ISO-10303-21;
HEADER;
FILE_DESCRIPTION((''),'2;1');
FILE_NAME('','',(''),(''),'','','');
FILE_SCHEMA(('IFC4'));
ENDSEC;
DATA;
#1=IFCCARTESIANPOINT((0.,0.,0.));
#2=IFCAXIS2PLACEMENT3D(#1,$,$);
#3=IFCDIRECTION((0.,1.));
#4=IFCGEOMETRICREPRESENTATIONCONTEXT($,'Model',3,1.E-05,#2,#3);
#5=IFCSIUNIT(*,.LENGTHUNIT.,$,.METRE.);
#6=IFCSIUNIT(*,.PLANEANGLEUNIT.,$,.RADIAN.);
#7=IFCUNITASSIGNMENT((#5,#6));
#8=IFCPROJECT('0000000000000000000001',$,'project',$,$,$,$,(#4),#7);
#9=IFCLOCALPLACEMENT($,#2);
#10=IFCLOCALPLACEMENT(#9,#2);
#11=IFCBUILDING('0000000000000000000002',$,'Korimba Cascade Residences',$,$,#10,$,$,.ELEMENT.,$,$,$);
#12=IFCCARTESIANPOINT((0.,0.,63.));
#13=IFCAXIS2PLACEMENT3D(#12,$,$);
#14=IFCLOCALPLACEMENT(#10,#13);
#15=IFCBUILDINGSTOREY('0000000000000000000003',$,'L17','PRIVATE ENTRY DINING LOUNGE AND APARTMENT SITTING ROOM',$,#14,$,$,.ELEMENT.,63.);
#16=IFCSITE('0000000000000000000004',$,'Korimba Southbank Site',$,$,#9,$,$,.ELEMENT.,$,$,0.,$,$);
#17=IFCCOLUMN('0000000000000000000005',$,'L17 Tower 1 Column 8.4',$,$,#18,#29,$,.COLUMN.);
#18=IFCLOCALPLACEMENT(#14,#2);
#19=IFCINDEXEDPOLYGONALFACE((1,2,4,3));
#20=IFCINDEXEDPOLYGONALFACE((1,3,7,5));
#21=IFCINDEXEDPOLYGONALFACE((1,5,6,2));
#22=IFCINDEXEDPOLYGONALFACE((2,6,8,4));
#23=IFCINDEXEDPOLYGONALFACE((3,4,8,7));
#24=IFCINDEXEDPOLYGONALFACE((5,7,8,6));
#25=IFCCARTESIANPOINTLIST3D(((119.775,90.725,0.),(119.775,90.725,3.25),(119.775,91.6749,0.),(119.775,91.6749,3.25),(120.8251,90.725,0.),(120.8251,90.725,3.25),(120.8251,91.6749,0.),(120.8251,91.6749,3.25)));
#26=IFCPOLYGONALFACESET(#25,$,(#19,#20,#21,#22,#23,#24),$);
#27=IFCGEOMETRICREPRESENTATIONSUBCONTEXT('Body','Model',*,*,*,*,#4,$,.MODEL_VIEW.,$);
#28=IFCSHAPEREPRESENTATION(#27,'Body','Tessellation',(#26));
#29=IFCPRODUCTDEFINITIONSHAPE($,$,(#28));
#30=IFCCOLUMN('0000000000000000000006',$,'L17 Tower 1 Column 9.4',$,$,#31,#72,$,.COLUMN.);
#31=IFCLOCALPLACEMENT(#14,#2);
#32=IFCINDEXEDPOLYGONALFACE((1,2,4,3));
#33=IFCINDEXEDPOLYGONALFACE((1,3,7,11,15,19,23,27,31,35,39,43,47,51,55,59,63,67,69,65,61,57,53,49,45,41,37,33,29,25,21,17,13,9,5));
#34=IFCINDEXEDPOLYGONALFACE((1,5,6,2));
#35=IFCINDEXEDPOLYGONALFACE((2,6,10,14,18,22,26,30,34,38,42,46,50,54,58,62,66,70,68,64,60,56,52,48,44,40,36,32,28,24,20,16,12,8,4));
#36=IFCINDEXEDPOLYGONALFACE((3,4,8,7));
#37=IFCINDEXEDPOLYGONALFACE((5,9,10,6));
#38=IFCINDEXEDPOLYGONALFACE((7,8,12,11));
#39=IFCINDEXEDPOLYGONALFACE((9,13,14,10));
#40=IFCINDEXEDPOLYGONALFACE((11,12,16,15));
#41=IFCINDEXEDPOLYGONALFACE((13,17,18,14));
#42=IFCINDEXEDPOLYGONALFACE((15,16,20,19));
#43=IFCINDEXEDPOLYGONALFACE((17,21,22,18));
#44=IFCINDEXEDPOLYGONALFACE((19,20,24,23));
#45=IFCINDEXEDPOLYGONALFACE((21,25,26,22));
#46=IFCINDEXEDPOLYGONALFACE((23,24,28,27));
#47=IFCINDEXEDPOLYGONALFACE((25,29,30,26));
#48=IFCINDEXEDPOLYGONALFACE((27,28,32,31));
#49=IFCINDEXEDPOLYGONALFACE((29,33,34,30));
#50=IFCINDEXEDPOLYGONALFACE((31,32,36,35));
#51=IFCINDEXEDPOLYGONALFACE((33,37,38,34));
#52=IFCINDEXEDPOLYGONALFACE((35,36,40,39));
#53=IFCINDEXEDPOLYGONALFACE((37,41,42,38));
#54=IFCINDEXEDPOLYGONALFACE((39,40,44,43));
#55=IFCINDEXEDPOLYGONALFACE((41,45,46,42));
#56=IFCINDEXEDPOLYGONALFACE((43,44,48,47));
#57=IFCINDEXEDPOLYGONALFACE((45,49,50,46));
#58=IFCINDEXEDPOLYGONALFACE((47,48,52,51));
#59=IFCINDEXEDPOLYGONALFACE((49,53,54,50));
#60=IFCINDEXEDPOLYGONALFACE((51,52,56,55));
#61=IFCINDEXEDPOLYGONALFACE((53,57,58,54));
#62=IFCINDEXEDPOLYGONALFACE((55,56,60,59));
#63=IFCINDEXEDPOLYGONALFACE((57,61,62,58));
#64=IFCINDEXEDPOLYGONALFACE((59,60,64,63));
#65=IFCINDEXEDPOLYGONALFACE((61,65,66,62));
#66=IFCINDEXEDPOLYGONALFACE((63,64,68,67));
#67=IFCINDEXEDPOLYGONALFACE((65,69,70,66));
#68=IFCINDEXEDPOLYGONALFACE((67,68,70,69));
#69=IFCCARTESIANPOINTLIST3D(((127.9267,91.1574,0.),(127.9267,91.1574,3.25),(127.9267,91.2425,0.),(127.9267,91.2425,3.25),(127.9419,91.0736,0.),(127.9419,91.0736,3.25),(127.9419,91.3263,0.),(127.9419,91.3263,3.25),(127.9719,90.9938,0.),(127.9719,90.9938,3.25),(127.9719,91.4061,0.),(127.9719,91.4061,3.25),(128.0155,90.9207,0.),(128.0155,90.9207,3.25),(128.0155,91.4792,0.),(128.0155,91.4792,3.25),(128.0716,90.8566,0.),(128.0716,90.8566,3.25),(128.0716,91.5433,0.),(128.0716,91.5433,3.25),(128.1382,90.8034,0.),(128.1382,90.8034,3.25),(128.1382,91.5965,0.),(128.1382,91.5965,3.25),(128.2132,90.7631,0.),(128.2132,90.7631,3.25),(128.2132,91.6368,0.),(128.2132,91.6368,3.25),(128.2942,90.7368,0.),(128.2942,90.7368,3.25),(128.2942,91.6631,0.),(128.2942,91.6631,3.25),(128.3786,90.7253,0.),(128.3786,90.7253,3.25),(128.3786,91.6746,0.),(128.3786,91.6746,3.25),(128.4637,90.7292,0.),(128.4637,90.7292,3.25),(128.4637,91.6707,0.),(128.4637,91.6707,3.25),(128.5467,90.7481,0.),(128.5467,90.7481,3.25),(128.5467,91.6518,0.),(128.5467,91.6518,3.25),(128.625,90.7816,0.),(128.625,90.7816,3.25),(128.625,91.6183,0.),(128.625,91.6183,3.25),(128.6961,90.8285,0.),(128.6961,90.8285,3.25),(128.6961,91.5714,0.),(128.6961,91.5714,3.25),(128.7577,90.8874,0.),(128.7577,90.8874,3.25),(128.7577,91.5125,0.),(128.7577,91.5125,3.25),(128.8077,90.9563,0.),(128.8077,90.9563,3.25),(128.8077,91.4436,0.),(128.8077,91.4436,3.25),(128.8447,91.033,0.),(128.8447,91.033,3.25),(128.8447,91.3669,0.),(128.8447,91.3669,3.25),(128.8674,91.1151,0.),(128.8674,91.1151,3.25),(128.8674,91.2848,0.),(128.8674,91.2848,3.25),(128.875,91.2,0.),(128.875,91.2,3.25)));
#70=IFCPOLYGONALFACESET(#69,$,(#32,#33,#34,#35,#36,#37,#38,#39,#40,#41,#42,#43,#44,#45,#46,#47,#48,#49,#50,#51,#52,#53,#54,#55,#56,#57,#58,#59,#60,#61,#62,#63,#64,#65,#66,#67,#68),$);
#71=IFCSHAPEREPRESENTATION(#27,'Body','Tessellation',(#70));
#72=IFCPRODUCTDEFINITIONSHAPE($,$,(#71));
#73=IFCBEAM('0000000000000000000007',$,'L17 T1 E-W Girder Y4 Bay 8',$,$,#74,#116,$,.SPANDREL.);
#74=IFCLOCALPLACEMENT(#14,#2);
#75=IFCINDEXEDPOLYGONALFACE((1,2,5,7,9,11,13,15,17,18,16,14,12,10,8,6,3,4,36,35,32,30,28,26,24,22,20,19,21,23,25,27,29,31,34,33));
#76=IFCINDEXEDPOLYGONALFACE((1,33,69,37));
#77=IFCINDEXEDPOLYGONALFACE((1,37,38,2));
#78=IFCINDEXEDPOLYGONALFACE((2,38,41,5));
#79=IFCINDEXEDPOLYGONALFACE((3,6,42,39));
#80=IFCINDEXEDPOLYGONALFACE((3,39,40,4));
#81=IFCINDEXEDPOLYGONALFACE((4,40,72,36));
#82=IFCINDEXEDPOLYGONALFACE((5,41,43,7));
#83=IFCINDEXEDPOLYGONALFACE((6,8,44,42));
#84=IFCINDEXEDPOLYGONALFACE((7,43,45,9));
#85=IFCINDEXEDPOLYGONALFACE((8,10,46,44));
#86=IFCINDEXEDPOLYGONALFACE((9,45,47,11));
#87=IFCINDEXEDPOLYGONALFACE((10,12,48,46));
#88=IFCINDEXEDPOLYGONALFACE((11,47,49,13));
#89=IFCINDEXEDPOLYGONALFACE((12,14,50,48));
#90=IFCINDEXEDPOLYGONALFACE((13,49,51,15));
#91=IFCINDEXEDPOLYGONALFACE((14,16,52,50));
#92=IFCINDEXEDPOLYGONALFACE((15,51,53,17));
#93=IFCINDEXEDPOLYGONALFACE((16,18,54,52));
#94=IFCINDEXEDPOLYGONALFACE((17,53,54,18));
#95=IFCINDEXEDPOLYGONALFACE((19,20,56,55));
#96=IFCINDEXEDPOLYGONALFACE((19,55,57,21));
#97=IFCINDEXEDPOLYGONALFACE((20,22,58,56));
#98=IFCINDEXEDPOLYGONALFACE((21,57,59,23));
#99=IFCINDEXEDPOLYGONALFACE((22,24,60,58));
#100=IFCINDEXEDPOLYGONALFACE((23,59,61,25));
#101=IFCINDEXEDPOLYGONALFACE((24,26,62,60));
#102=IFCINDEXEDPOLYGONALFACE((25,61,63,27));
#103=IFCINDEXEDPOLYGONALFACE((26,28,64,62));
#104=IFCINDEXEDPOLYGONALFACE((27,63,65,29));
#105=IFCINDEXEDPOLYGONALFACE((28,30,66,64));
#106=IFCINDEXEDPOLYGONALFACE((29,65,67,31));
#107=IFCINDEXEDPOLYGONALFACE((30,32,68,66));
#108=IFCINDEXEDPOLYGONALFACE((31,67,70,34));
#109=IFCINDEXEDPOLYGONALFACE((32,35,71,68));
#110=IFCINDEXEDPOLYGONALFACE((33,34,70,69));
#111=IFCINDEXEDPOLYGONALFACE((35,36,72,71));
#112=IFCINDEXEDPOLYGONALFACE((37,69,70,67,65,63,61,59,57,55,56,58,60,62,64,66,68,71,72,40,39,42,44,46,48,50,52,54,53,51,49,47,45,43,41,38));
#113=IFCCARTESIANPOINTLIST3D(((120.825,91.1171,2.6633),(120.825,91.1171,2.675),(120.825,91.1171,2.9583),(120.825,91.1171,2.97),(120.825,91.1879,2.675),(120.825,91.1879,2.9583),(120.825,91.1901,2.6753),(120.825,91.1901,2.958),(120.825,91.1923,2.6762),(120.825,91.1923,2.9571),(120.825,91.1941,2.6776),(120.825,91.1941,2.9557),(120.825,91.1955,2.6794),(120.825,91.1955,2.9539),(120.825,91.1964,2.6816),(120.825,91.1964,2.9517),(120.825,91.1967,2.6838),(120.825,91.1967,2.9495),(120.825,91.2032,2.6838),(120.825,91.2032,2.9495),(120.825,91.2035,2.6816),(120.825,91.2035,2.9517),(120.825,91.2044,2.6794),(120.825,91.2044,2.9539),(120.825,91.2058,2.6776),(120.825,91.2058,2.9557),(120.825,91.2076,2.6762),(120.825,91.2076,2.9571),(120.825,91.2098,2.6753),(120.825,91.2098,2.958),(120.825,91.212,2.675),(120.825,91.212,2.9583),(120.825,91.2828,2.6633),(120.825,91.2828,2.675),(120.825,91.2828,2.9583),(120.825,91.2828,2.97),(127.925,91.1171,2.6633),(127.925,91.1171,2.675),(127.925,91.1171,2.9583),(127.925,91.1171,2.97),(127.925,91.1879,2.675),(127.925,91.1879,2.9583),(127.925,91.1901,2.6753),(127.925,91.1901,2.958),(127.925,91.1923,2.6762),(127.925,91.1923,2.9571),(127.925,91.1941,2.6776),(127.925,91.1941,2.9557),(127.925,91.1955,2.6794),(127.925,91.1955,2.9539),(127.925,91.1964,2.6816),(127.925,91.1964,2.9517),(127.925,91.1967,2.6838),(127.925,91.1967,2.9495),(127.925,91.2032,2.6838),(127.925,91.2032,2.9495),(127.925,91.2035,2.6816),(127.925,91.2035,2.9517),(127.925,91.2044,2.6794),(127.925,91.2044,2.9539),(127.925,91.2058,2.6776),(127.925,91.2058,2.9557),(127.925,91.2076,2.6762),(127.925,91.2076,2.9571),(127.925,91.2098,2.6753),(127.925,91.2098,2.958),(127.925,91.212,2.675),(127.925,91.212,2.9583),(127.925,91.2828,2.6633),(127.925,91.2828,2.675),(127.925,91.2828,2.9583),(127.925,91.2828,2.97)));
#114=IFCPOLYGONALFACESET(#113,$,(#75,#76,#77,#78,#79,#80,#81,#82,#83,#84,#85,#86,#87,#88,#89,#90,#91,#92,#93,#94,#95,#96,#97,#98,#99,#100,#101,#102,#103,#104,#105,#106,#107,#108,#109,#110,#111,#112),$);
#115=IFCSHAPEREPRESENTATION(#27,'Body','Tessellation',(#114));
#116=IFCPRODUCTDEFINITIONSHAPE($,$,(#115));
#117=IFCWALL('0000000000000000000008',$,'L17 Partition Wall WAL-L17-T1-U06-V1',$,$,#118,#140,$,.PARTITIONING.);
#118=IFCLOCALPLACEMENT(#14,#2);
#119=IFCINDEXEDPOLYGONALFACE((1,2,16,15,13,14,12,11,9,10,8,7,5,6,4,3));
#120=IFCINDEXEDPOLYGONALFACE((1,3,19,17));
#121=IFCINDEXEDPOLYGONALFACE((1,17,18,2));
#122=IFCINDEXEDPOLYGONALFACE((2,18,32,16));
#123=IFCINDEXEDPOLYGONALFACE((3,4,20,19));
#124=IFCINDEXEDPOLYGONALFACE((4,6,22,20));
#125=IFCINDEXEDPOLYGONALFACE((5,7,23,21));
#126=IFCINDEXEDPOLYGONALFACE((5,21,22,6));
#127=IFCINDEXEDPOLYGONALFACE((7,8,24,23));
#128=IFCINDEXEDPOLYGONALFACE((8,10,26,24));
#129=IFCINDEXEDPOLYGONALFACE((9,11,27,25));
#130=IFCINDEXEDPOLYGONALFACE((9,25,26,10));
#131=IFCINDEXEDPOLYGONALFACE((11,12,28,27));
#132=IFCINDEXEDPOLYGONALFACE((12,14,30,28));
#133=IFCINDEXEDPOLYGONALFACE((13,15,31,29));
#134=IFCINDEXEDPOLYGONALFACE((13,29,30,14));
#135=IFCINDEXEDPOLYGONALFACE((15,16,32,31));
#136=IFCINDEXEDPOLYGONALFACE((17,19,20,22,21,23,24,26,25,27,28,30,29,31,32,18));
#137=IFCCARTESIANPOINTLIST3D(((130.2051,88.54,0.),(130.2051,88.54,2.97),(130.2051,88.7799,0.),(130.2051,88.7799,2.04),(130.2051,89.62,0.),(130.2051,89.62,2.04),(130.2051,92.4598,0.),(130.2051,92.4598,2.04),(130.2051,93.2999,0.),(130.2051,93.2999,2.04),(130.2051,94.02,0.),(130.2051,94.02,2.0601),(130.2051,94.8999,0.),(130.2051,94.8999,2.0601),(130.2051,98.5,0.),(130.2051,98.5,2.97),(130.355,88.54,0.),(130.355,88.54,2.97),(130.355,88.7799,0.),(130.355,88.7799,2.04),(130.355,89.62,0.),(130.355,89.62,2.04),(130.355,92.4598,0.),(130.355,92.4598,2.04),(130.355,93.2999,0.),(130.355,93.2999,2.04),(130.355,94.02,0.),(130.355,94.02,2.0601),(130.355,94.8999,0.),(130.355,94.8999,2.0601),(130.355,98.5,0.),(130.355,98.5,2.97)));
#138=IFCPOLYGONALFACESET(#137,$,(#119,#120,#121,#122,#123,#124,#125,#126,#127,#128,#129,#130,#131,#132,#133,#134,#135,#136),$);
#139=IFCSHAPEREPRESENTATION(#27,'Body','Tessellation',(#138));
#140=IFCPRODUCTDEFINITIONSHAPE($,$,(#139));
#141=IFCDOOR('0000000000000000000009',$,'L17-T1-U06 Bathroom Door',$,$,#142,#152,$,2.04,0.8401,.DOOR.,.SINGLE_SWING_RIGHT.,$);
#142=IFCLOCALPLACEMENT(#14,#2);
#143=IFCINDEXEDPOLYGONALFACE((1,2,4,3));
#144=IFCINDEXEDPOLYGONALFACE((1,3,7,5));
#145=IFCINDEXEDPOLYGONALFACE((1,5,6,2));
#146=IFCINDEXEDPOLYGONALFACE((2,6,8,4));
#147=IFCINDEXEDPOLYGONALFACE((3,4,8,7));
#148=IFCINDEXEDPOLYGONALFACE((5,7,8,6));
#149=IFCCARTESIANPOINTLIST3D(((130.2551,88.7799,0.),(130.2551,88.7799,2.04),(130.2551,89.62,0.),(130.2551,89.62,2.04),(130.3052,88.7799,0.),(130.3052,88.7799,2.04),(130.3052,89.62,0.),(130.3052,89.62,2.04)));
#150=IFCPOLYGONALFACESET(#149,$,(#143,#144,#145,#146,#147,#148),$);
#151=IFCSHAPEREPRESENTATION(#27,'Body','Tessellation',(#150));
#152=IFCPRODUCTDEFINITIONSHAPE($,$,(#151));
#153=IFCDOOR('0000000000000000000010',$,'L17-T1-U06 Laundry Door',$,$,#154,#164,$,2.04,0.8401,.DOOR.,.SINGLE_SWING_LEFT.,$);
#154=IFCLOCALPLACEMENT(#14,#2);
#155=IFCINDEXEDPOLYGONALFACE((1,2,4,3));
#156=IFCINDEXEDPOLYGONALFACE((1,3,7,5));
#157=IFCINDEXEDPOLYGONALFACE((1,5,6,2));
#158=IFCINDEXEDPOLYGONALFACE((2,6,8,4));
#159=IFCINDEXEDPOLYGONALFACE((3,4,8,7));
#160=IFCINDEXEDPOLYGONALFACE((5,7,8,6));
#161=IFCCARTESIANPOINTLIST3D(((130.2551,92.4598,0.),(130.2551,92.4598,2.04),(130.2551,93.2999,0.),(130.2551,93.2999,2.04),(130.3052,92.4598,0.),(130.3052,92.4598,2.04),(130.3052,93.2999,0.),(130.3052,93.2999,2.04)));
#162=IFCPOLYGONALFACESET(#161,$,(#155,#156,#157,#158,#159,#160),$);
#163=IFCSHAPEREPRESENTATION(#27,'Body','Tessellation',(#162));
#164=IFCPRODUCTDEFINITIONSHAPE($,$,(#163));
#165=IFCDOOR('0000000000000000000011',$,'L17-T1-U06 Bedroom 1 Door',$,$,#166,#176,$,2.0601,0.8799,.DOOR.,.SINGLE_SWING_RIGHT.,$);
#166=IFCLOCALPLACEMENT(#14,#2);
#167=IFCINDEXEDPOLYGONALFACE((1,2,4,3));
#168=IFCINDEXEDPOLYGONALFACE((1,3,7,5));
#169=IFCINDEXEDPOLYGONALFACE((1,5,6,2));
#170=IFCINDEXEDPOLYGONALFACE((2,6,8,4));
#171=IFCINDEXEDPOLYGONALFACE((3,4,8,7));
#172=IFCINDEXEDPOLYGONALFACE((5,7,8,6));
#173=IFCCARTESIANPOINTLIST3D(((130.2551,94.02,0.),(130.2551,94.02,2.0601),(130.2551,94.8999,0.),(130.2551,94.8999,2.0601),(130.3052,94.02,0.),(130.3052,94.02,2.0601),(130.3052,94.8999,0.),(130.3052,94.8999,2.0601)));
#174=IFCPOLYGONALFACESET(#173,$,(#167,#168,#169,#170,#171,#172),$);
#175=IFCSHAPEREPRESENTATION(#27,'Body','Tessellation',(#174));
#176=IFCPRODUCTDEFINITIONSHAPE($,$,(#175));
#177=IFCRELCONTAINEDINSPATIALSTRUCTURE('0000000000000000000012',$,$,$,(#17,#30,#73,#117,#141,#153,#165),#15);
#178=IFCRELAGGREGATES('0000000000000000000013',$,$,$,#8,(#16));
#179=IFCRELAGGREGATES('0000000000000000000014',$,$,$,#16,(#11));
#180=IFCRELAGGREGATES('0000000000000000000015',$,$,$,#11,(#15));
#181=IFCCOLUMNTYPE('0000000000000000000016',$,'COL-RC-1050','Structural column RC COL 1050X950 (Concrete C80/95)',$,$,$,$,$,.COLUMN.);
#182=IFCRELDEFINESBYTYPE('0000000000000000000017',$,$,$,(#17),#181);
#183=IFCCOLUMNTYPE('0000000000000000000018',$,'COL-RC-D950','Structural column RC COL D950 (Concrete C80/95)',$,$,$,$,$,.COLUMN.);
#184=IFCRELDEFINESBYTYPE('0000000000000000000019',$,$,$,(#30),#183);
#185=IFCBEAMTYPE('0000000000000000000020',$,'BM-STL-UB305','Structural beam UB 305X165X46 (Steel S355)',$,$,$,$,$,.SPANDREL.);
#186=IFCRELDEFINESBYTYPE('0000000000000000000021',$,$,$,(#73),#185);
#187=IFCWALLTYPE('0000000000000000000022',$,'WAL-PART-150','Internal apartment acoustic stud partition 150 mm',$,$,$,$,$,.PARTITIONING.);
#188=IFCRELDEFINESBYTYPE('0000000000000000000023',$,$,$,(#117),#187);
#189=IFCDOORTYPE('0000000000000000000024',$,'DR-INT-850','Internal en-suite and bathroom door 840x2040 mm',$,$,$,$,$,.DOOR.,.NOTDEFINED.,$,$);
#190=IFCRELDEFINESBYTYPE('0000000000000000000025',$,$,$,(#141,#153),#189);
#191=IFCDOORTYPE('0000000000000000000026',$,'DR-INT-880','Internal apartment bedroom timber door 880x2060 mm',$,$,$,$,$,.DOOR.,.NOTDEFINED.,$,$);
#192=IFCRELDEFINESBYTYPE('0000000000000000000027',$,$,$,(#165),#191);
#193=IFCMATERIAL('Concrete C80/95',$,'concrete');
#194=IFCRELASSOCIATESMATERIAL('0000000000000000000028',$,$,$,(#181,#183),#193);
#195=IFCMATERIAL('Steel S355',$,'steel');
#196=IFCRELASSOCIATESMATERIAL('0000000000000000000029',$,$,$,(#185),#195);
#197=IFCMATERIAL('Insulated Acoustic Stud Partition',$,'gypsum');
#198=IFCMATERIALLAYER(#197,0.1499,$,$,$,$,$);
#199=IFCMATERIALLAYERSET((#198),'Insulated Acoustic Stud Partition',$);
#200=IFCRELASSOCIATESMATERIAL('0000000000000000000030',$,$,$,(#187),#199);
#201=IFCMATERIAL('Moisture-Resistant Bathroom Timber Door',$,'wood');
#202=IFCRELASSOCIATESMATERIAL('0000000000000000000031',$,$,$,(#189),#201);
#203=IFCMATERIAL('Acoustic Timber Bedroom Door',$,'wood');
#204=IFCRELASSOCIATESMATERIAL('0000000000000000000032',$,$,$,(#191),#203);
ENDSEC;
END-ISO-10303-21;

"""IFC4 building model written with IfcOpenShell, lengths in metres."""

from ifc_helpers import new_model, si_unit, direction, frame, frame_2d, origin, origin_2d, place, context, subcontext, project, spatial, rectangle, circle, i_section, extrude, material, layer, layer_set, material_profile, profile_set, type_object, element, fill, save


model = new_model("IFC4")

# Units and contexts
model_context = context("Model", 3, precision=1e-05, world=origin(), true_north=direction((0.0, 1.0)))
body_context = subcontext(model_context, "Body", "Model", "MODEL_VIEW")
ifc_project = project(units=[si_unit("LENGTHUNIT", "METRE"), si_unit("PLANEANGLEUNIT", "RADIAN")], contexts=[model_context])

# Site, building, storey
site_placement = place(None, origin())
site = spatial("IfcSite", under=ifc_project, at=site_placement, Name="Korimba Southbank Site", CompositionType="ELEMENT", RefElevation=0.0)
building_placement = place(site_placement, origin())
building = spatial("IfcBuilding", under=site, at=building_placement, Name="Korimba Cascade Residences", CompositionType="ELEMENT")
storey_placement = place(building_placement, frame((0.0, 0.0, 63.0)))
storey = spatial("IfcBuildingStorey", under=building, at=storey_placement, Name="L17", Description="PRIVATE ENTRY DINING LOUNGE AND APARTMENT SITTING ROOM", CompositionType="ELEMENT", Elevation=63.0)

# Columns
ifc_material_1 = material(Name="Concrete C80/95", Category="concrete")
ifc_material_profile_1 = material_profile(ifc_material_1, rectangle(XDim=1.05, YDim=0.95, at=origin_2d()), Name="Concrete C80/95")
ifc_profile_set_1 = profile_set([ifc_material_profile_1], Name="Concrete C80/95")
column_type_1 = type_object("IfcColumnType", Name="COL-RC-1050", Description="Structural column RC COL 1050X950 (Concrete C80/95)", PredefinedType="COLUMN", material=ifc_profile_set_1)
column_1_placement = place(storey_placement, frame((120.3, 91.2, 0.0), z_axis=(0.0, 0.0, 1.0), x_axis=(1.0, 0.0, 0.0)))
element("IfcColumn", 1, at=column_1_placement, inside=storey, type_object=column_type_1, Name="L17 Tower 1 Column 8.4", PredefinedType="COLUMN", context=body_context, shape_type="SweptSolid", body=[
    extrude(rectangle(XDim=1.05, YDim=0.95, at=origin_2d()), origin(), (0.0, 0.0, 1.0), 3.25),
])
ifc_material_profile_2 = material_profile(ifc_material_1, circle(Radius=0.4751, at=origin_2d()), Name="Concrete C80/95")
ifc_profile_set_2 = profile_set([ifc_material_profile_2], Name="Concrete C80/95")
column_type_2 = type_object("IfcColumnType", Name="COL-RC-D950", Description="Structural column RC COL D950 (Concrete C80/95)", PredefinedType="COLUMN", material=ifc_profile_set_2)
column_2_placement = place(storey_placement, frame((128.3999, 91.2, 0.0), z_axis=(0.0, 0.0, 1.0), x_axis=(1.0, 0.0, 0.0)))
element("IfcColumn", 2, at=column_2_placement, inside=storey, type_object=column_type_2, Name="L17 Tower 1 Column 9.4", PredefinedType="COLUMN", context=body_context, shape_type="SweptSolid", body=[
    extrude(circle(Radius=0.4751, at=origin_2d()), origin(), (0.0, 0.0, 1.0), 3.25),
])

# Beam
ifc_material_2 = material(Name="Steel S355", Category="steel")
ifc_material_profile_3 = material_profile(ifc_material_2, i_section(OverallWidth=0.1658, OverallDepth=0.3066, WebThickness=0.0066, FlangeThickness=0.0117, FilletRadius=0.0088, at=origin_2d()), Name="Steel S355")
ifc_profile_set_3 = profile_set([ifc_material_profile_3], Name="Steel S355")
beam_type = type_object("IfcBeamType", Name="BM-STL-UB305", Description="Structural beam UB 305X165X46 (Steel S355)", PredefinedType="SPANDREL", material=ifc_profile_set_3)
beam_placement = place(storey_placement, frame((120.825, 91.2, 2.8167), z_axis=(1.0, 0.0, 0.0), x_axis=(0.0, 1.0, 0.0)))
element("IfcBeam", 3, at=beam_placement, inside=storey, type_object=beam_type, Name="L17 T1 E-W Girder Y4 Bay 8", PredefinedType="SPANDREL", context=body_context, shape_type="SweptSolid", body=[
    extrude(i_section(OverallWidth=0.1658, OverallDepth=0.3066, WebThickness=0.0066, FlangeThickness=0.0117, FilletRadius=0.0088, at=origin_2d()), origin(), (0.0, 0.0, 1.0), 7.1001),
])

# Wall, openings, doors
ifc_material_3 = material(Name="Insulated Acoustic Stud Partition", Category="gypsum")
ifc_layer = layer(ifc_material_3, 0.1499)
ifc_layer_set = layer_set([ifc_layer], Name="Insulated Acoustic Stud Partition")
wall_type = type_object("IfcWallType", Name="WAL-PART-150", Description="Internal apartment acoustic stud partition 150 mm", PredefinedType="PARTITIONING", material=ifc_layer_set)
wall_1_placement = place(storey_placement, frame((130.28, 88.54, 0.0), z_axis=(0.0, 0.0, 1.0), x_axis=(0.0, 1.0, 0.0)))
wall_1 = element("IfcWall", 4, at=wall_1_placement, inside=storey, type_object=wall_type, Name="L17 Partition Wall WAL-L17-T1-U06-V1", PredefinedType="PARTITIONING", context=body_context, shape_type="SweptSolid", body=[
    extrude(rectangle(XDim=9.96, YDim=0.1499, at=frame_2d((4.98, 0.0))), origin(), (0.0, 0.0, 1.0), 2.97),
])
opening_1_placement = place(wall_1_placement, frame((0.24, 0.0, 0.0)))
opening_1 = element("IfcOpeningElement", 5, at=opening_1_placement, cuts=wall_1, PredefinedType="OPENING", context=body_context, shape_type="SweptSolid", body=[
    extrude(rectangle(XDim=0.8401, YDim=2.04, at=frame_2d((0.4199, 1.02))), frame((0.0, 0.085, 0.0), z_axis=(0.0, -1.0, 0.0), x_axis=(1.0, 0.0, 0.0)), (0.0, 0.0, 1.0), 0.1699),
])
opening_2_placement = place(wall_1_placement, frame((3.9199, 0.0, 0.0)))
opening_2 = element("IfcOpeningElement", 6, at=opening_2_placement, cuts=wall_1, PredefinedType="OPENING", context=body_context, shape_type="SweptSolid", body=[
    extrude(rectangle(XDim=0.8401, YDim=2.04, at=frame_2d((0.4199, 1.02))), frame((0.0, 0.085, 0.0), z_axis=(0.0, -1.0, 0.0), x_axis=(1.0, 0.0, 0.0)), (0.0, 0.0, 1.0), 0.1699),
])
opening_3_placement = place(wall_1_placement, frame((5.48, 0.0, 0.0)))
opening_3 = element("IfcOpeningElement", 7, at=opening_3_placement, cuts=wall_1, PredefinedType="OPENING", context=body_context, shape_type="SweptSolid", body=[
    extrude(rectangle(XDim=0.8799, YDim=2.0601, at=frame_2d((0.4399, 1.03))), frame((0.0, 0.085, 0.0), z_axis=(0.0, -1.0, 0.0), x_axis=(1.0, 0.0, 0.0)), (0.0, 0.0, 1.0), 0.1699),
])
ifc_material_4 = material(Name="Moisture-Resistant Bathroom Timber Door", Category="wood")
door_type_1 = type_object("IfcDoorType", Name="DR-INT-850", Description="Internal en-suite and bathroom door 840x2040 mm", OperationType="NOTDEFINED", PredefinedType="DOOR", material=ifc_material_4)
door_1_placement = place(opening_1_placement, origin())
door_1 = element("IfcDoor", 8, at=door_1_placement, inside=storey, type_object=door_type_1, Name="L17-T1-U06 Bathroom Door", OperationType="SINGLE_SWING_RIGHT", OverallHeight=2.04, OverallWidth=0.8401, PredefinedType="DOOR", context=body_context, shape_type="SweptSolid", body=[
    extrude(rectangle(XDim=0.8401, YDim=2.04, at=frame_2d((0.4199, 1.02))), frame((0.0, 0.0249, 0.0), z_axis=(0.0, -1.0, 0.0), x_axis=(1.0, 0.0, 0.0)), (0.0, 0.0, 1.0), 0.05),
])
fill(opening_1, door_1)
door_2_placement = place(opening_2_placement, origin())
door_2 = element("IfcDoor", 9, at=door_2_placement, inside=storey, type_object=door_type_1, Name="L17-T1-U06 Laundry Door", OperationType="SINGLE_SWING_LEFT", OverallHeight=2.04, OverallWidth=0.8401, PredefinedType="DOOR", context=body_context, shape_type="SweptSolid", body=[
    extrude(rectangle(XDim=0.8401, YDim=2.04, at=frame_2d((0.4199, 1.02))), frame((0.0, 0.0249, 0.0), z_axis=(0.0, -1.0, 0.0), x_axis=(1.0, 0.0, 0.0)), (0.0, 0.0, 1.0), 0.05),
])
fill(opening_2, door_2)
ifc_material_5 = material(Name="Acoustic Timber Bedroom Door", Category="wood")
door_type_2 = type_object("IfcDoorType", Name="DR-INT-880", Description="Internal apartment bedroom timber door 880x2060 mm", OperationType="NOTDEFINED", PredefinedType="DOOR", material=ifc_material_5)
door_3_placement = place(opening_3_placement, origin())
door_3 = element("IfcDoor", 10, at=door_3_placement, inside=storey, type_object=door_type_2, Name="L17-T1-U06 Bedroom 1 Door", OperationType="SINGLE_SWING_RIGHT", OverallHeight=2.0601, OverallWidth=0.8799, PredefinedType="DOOR", context=body_context, shape_type="SweptSolid", body=[
    extrude(rectangle(XDim=0.8799, YDim=2.0601, at=frame_2d((0.4399, 1.03))), frame((0.0, 0.0249, 0.0), z_axis=(0.0, -1.0, 0.0), x_axis=(1.0, 0.0, 0.0)), (0.0, 0.0, 1.0), 0.05),
])
fill(opening_3, door_3)

save(model, "model.ifc")
